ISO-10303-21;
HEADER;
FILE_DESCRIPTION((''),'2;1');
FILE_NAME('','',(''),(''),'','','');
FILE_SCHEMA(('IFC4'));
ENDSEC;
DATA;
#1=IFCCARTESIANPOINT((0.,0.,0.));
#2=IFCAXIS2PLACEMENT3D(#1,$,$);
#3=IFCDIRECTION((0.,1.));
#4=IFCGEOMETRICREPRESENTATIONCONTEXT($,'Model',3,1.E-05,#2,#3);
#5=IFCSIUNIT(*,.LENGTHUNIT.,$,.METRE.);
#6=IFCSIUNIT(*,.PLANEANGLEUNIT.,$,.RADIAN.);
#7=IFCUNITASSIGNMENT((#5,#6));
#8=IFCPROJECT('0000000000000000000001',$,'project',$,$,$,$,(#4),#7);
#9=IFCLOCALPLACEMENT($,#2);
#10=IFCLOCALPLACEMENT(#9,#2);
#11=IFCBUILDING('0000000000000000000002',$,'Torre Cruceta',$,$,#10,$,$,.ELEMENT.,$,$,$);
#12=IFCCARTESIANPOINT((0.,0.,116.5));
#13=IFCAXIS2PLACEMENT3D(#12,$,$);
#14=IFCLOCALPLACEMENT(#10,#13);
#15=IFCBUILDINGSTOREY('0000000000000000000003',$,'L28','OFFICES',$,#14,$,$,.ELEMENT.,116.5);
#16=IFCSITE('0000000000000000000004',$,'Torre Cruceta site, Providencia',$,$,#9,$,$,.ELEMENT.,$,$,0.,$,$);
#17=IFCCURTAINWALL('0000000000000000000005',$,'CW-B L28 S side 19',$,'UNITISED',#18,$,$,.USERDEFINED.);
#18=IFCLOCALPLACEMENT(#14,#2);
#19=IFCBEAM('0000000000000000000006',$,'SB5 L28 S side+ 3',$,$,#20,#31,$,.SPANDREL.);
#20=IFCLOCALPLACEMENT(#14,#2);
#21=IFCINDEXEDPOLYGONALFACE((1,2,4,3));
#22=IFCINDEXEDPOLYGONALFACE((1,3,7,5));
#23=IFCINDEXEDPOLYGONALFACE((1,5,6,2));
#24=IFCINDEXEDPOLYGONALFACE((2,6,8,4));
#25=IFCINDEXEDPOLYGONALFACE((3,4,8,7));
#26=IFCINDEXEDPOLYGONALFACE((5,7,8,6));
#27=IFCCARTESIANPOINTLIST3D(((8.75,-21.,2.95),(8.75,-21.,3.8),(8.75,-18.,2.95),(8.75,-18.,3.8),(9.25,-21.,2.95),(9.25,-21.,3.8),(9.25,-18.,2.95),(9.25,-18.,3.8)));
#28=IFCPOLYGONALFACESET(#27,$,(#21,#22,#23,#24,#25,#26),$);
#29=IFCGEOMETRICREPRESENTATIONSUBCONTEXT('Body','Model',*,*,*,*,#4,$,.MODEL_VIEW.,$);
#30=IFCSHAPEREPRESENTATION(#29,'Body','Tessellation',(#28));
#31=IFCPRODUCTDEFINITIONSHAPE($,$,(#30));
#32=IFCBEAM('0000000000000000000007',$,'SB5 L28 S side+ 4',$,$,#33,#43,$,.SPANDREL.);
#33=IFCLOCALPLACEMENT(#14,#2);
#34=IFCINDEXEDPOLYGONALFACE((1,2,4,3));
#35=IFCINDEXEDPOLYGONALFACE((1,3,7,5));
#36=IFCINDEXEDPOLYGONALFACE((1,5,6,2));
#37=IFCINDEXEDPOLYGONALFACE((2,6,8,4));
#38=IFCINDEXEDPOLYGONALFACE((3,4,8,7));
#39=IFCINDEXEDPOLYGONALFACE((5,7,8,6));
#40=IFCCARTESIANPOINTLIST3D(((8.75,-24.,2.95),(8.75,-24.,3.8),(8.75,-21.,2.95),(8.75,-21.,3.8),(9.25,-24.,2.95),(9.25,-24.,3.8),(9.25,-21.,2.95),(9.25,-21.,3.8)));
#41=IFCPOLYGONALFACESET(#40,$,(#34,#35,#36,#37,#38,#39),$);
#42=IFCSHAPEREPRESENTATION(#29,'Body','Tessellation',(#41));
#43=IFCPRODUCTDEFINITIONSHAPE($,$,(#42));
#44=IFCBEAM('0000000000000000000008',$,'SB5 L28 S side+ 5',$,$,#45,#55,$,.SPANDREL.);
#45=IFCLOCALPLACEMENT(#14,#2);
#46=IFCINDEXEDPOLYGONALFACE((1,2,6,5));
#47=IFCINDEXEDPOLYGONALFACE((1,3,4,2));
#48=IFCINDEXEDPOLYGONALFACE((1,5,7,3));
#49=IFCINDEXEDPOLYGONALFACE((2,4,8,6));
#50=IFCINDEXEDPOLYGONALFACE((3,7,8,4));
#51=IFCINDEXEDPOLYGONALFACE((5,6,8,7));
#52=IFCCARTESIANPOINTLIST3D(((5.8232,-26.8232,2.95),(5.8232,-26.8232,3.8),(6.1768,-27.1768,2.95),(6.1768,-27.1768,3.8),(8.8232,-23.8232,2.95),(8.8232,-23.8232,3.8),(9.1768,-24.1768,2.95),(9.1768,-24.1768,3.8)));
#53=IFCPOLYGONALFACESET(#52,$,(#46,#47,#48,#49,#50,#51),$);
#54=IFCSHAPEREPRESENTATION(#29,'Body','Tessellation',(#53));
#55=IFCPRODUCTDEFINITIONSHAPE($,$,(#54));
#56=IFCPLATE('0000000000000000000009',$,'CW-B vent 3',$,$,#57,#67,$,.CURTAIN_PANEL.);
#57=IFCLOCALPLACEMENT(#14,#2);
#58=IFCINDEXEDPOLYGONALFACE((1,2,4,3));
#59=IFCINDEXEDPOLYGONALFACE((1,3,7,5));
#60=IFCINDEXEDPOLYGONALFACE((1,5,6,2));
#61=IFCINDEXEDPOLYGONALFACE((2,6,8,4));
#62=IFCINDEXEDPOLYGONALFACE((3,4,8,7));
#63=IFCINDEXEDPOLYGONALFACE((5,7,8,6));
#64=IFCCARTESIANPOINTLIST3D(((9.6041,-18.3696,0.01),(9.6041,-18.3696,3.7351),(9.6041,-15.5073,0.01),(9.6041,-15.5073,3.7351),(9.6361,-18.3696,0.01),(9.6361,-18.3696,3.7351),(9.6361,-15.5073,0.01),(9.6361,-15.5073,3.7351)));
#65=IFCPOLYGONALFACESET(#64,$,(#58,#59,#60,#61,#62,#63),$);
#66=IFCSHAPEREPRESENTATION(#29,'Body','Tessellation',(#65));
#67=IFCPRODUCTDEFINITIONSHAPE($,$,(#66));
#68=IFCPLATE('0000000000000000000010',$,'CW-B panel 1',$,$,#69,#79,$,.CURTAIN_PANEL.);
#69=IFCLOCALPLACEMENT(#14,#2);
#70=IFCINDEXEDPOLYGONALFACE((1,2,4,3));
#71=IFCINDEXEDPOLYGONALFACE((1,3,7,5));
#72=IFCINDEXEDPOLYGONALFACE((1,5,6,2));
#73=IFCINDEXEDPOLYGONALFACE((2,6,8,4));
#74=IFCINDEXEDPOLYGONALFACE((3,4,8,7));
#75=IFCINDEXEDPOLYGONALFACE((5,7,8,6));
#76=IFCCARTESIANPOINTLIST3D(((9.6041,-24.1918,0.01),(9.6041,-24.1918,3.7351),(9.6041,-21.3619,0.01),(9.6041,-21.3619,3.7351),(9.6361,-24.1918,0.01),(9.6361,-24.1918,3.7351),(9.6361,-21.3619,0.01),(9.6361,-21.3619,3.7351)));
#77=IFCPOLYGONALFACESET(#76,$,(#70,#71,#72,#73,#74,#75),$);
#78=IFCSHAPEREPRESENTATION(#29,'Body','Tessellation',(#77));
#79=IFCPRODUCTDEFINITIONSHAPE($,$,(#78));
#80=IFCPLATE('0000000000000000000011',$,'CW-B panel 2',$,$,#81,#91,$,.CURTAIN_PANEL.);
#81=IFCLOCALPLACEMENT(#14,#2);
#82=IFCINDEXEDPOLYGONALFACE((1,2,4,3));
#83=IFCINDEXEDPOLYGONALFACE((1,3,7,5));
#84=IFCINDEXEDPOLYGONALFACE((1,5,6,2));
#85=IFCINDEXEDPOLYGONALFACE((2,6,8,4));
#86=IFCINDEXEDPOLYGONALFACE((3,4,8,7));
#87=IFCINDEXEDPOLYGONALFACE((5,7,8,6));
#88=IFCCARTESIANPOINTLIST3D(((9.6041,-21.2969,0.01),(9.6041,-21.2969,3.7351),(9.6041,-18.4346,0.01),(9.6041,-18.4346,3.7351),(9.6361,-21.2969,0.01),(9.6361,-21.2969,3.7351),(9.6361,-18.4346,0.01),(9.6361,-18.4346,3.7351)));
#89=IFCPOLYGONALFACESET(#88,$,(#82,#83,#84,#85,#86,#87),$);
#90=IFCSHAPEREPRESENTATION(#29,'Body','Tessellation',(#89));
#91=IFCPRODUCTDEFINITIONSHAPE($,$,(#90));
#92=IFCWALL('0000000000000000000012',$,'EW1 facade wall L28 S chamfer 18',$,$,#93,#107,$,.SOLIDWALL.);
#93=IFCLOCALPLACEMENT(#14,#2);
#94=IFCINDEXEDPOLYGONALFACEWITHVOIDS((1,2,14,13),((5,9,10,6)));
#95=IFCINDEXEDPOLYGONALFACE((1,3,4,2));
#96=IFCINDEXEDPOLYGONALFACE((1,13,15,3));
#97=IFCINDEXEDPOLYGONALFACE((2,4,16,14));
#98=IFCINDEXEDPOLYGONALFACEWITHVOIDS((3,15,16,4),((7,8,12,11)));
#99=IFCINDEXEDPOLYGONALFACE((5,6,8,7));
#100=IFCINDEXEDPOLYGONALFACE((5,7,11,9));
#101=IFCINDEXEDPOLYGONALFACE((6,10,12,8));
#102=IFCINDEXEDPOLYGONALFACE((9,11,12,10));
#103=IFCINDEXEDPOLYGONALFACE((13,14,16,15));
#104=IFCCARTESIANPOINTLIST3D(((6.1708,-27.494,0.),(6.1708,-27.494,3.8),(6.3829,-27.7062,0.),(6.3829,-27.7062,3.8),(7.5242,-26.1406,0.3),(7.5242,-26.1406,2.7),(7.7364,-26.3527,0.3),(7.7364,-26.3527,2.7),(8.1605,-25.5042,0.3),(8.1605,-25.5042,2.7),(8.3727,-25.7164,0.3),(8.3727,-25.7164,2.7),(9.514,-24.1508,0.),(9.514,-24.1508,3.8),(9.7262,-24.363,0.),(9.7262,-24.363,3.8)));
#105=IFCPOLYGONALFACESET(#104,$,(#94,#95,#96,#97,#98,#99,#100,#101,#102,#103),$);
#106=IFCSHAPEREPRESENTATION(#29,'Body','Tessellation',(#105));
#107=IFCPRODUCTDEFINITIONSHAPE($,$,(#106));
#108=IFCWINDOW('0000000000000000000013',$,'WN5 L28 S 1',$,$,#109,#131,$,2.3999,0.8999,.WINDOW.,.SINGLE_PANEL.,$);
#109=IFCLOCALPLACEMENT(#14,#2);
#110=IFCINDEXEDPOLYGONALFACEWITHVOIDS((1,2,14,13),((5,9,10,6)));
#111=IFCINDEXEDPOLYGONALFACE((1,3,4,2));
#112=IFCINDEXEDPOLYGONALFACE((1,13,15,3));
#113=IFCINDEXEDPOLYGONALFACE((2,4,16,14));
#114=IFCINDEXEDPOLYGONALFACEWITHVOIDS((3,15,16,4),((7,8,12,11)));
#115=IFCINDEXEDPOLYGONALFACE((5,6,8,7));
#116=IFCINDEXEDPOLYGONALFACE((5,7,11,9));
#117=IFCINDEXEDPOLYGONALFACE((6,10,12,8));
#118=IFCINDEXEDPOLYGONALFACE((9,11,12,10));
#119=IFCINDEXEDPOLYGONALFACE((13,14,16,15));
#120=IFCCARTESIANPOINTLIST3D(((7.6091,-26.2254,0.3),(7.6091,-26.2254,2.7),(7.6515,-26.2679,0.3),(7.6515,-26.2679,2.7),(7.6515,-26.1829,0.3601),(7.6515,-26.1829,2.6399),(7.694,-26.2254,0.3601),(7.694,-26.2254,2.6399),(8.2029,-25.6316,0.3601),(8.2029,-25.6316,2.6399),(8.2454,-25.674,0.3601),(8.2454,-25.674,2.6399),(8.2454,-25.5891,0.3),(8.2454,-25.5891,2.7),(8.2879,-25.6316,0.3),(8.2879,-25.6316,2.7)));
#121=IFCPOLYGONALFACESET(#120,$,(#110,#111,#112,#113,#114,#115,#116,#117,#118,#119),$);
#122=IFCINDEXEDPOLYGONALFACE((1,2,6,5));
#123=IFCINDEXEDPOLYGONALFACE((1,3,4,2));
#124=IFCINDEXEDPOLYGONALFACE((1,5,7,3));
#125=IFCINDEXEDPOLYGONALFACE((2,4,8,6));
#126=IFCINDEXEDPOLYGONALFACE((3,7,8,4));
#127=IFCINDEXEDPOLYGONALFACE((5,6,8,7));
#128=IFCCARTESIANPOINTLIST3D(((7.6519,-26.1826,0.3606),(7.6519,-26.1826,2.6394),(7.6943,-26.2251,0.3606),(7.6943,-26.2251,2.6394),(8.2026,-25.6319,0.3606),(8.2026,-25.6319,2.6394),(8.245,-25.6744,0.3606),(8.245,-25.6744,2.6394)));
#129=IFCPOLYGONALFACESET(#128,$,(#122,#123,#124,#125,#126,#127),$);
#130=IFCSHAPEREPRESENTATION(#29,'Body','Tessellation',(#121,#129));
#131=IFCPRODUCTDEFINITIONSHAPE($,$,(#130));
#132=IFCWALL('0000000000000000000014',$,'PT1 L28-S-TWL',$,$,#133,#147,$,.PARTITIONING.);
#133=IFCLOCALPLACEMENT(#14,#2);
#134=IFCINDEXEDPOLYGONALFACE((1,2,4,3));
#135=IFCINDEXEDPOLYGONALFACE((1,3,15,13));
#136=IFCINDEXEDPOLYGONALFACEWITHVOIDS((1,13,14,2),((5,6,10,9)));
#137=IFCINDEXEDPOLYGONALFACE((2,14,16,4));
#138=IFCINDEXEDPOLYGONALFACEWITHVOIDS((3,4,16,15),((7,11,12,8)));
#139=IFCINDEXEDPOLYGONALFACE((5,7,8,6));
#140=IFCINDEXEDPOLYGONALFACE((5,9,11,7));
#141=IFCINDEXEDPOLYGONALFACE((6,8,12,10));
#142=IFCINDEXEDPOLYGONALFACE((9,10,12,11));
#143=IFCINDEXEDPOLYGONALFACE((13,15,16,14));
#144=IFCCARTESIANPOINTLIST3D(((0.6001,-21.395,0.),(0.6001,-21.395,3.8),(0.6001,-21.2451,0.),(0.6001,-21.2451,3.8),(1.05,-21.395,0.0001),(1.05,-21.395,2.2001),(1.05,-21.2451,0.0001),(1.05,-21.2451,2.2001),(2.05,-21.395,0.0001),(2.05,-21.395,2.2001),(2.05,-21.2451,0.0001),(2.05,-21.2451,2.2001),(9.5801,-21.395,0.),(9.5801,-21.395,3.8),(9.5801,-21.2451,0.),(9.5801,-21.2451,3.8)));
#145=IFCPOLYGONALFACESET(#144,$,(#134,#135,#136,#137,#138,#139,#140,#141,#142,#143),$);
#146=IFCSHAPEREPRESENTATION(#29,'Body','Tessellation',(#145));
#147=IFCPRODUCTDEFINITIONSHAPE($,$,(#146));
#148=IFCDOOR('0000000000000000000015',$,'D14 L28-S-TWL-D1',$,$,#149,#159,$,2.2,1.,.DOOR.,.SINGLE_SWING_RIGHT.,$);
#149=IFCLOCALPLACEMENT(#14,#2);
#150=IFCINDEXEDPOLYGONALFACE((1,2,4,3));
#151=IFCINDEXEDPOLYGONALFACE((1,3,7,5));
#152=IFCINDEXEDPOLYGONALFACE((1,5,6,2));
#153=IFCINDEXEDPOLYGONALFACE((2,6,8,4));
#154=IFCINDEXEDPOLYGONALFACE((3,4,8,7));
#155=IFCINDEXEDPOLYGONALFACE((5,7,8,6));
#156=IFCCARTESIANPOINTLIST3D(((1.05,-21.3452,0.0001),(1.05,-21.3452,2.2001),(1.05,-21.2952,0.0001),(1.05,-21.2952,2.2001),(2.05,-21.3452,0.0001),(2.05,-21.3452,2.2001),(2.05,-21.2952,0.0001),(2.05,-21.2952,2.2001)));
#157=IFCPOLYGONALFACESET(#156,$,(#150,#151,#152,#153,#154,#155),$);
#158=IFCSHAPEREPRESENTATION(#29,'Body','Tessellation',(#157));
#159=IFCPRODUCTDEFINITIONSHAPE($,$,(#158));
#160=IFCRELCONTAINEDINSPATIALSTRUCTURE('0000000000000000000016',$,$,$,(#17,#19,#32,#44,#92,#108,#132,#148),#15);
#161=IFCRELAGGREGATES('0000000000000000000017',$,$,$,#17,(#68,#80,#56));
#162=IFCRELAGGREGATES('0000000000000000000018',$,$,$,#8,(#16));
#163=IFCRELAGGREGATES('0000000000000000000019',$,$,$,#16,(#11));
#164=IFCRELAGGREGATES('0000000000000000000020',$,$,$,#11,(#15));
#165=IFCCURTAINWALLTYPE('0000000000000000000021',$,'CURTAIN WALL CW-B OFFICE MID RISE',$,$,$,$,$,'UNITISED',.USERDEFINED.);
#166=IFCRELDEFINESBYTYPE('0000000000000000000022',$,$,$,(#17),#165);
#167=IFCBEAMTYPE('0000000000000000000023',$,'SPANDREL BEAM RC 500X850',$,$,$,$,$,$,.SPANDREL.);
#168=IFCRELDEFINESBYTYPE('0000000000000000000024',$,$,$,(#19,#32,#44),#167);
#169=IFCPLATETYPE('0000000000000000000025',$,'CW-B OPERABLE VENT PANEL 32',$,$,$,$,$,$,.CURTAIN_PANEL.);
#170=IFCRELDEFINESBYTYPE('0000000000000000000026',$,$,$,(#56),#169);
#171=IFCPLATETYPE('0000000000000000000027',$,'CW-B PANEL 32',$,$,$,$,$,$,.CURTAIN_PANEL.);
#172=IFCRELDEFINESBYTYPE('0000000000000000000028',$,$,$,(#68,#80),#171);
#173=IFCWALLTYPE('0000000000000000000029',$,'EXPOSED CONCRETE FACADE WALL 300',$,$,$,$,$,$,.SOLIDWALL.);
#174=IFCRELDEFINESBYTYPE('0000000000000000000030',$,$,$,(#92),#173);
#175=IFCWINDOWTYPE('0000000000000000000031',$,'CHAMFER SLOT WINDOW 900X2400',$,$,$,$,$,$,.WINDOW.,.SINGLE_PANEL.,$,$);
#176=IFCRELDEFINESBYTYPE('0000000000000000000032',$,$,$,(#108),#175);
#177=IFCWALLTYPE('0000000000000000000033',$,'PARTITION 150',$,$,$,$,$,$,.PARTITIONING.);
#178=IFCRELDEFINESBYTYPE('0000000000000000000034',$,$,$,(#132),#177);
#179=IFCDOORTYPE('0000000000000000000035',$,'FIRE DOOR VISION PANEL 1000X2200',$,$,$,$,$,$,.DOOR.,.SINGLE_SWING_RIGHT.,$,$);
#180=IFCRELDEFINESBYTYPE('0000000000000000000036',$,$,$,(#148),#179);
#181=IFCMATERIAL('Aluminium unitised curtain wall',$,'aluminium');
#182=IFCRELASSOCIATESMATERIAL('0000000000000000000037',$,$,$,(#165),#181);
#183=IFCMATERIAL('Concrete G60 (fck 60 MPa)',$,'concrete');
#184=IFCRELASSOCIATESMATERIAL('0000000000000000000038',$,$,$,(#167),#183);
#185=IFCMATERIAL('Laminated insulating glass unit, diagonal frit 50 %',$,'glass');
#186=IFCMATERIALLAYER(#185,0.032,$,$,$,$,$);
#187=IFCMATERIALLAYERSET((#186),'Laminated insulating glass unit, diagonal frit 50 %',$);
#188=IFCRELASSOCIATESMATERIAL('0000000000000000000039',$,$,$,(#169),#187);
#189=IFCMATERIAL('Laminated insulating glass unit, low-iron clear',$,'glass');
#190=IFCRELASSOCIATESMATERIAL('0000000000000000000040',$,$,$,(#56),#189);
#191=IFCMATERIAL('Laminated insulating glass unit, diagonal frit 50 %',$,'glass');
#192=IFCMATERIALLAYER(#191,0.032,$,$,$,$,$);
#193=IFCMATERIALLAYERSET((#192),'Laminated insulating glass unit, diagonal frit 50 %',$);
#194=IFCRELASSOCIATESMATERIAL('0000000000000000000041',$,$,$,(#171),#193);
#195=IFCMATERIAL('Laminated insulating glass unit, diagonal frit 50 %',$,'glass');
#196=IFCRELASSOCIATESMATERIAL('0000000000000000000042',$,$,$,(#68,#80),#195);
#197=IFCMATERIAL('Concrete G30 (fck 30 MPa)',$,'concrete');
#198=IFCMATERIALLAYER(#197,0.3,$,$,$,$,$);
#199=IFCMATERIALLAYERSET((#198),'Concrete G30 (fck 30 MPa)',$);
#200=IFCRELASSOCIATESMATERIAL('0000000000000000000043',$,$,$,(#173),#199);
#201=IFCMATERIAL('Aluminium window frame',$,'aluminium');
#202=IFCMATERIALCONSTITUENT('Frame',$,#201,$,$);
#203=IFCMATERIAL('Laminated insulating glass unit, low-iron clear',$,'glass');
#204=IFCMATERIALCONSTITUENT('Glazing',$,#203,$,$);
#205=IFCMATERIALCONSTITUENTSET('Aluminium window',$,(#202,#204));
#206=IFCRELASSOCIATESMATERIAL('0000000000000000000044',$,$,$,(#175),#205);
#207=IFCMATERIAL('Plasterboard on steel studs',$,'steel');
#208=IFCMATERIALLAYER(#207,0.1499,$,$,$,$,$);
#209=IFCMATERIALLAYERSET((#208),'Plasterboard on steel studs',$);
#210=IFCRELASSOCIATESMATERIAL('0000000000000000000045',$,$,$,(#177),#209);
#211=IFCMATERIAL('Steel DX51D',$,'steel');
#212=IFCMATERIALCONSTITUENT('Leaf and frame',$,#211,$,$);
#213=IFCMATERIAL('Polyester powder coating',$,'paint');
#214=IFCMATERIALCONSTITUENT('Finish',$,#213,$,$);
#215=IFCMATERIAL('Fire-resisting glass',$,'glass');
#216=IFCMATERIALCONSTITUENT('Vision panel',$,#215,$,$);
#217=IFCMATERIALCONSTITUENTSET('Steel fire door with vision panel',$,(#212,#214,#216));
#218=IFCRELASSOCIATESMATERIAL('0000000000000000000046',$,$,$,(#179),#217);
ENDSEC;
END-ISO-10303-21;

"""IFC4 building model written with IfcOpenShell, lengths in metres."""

from ifc_helpers import new_model, si_unit, direction, frame, frame_2d, origin, origin_2d, place, context, subcontext, project, spatial, rectangle, hollow_rectangle, extrude, material, layer, layer_set, constituent, constituent_set, material_profile, profile_set, type_object, element, fill, aggregate, save


model = new_model("IFC4")

# Units and contexts
model_context = context("Model", 3, precision=1e-05, world=origin(), true_north=direction((0.0, 1.0)))
body_context = subcontext(model_context, "Body", "Model", "MODEL_VIEW")
ifc_project = project(units=[si_unit("LENGTHUNIT", "METRE"), si_unit("PLANEANGLEUNIT", "RADIAN")], contexts=[model_context])

# Site, building, storey
site_placement = place(None, origin())
site = spatial("IfcSite", under=ifc_project, at=site_placement, Name="Torre Cruceta site, Providencia", CompositionType="ELEMENT", RefElevation=0.0)
building_placement = place(site_placement, origin())
building = spatial("IfcBuilding", under=site, at=building_placement, Name="Torre Cruceta", CompositionType="ELEMENT")
storey_placement = place(building_placement, frame((0.0, 0.0, 116.5)))
storey = spatial("IfcBuildingStorey", under=building, at=storey_placement, Name="L28", Description="OFFICES", CompositionType="ELEMENT", Elevation=116.5)

# Curtain wall
ifc_material_1 = material(Name="Aluminium unitised curtain wall", Category="aluminium")
curtain_wall_type = type_object("IfcCurtainWallType", Name="CURTAIN WALL CW-B OFFICE MID RISE", ElementType="UNITISED", PredefinedType="USERDEFINED", material=ifc_material_1)
curtain_wall_placement = place(storey_placement, origin())
curtain_wall = element("IfcCurtainWall", 1, at=curtain_wall_placement, inside=storey, type_object=curtain_wall_type, Name="CW-B L28 S side 19", ObjectType="UNITISED", PredefinedType="USERDEFINED")

# Beams
ifc_material_2 = material(Name="Concrete G60 (fck 60 MPa)", Category="concrete")
ifc_material_profile_1 = material_profile(ifc_material_2, rectangle(XDim=0.5, YDim=0.8501, at=origin_2d()), Name="RC 500X850")
ifc_profile_set_1 = profile_set([ifc_material_profile_1], Name="Concrete G60 (fck 60 MPa)")
beam_type_1 = type_object("IfcBeamType", Name="SPANDREL BEAM RC 500X850", PredefinedType="SPANDREL", material=ifc_profile_set_1)
for number, where, z_axis, x_axis, name in (
    (2, (9.0, -18.0, 3.375), (0.0, -1.0, 0.0), (1.0, 0.0, 0.0), "SB5 L28 S side+ 3"),
    (3, (9.0, -21.0, 3.375), (0.0, -1.0, 0.0), (1.0, 0.0, 0.0), "SB5 L28 S side+ 4"),
):
    element("IfcBeam", number, at=place(storey_placement, frame(where, z_axis=z_axis, x_axis=x_axis)), inside=storey, type_object=beam_type_1, Name=name, PredefinedType="SPANDREL", context=body_context, shape_type="SweptSolid", body=[
        extrude(rectangle(XDim=0.5, YDim=0.8501, at=origin_2d()), origin(), (0.0, 0.0, 1.0), 3.0),
    ])
beam_1_placement = place(storey_placement, frame((9.0, -24.0, 3.375), z_axis=(-0.707107, -0.707107, 0.0), x_axis=(0.707107, -0.707107, 0.0)))
element("IfcBeam", 4, at=beam_1_placement, inside=storey, type_object=beam_type_1, Name="SB5 L28 S side+ 5", PredefinedType="SPANDREL", context=body_context, shape_type="SweptSolid", body=[
    extrude(rectangle(XDim=0.5, YDim=0.8501, at=origin_2d()), origin(), (0.0, 0.0, 1.0), 4.2427),
])

# Plates
ifc_material_3 = material(Name="Laminated insulating glass unit, low-iron clear", Category="glass")
ifc_material_4 = material(Name="Laminated insulating glass unit, diagonal frit 50 %", Category="glass")
ifc_layer_1 = layer(ifc_material_4, 0.032)
ifc_layer_set_1 = layer_set([ifc_layer_1], Name="Laminated insulating glass unit, diagonal frit 50 %")
plate_type_1 = type_object("IfcPlateType", Name="CW-B OPERABLE VENT PANEL 32", PredefinedType="CURTAIN_PANEL", material=ifc_layer_set_1)
plate_1_placement = place(storey_placement, frame((9.6201, -16.9385, 0.01), z_axis=(0.0, 0.0, 1.0), x_axis=(0.0, 1.0, 0.0)))
plate_1 = element("IfcPlate", 5, at=plate_1_placement, type_object=plate_type_1, material=ifc_material_3, Name="CW-B vent 3", PredefinedType="CURTAIN_PANEL", context=body_context, shape_type="SweptSolid", body=[
    extrude(rectangle(XDim=2.8623, YDim=0.032, at=origin_2d()), origin(), (0.0, 0.0, 1.0), 3.7251),
])
ifc_material_5 = material(Name="Laminated insulating glass unit, diagonal frit 50 %", Category="glass")
ifc_material_6 = material(Name="Laminated insulating glass unit, diagonal frit 50 %", Category="glass")
ifc_layer_2 = layer(ifc_material_6, 0.032)
ifc_layer_set_2 = layer_set([ifc_layer_2], Name="Laminated insulating glass unit, diagonal frit 50 %")
plate_type_2 = type_object("IfcPlateType", Name="CW-B PANEL 32", PredefinedType="CURTAIN_PANEL", material=ifc_layer_set_2)
plate_2_placement = place(storey_placement, frame((9.6201, -22.7769, 0.01), z_axis=(0.0, 0.0, 1.0), x_axis=(0.0, 1.0, 0.0)))
plate_2 = element("IfcPlate", 6, at=plate_2_placement, type_object=plate_type_2, material=ifc_material_5, Name="CW-B panel 1", PredefinedType="CURTAIN_PANEL", context=body_context, shape_type="SweptSolid", body=[
    extrude(rectangle(XDim=2.8298, YDim=0.032, at=origin_2d()), origin(), (0.0, 0.0, 1.0), 3.7251),
])
plate_3_placement = place(storey_placement, frame((9.6201, -19.8657, 0.01), z_axis=(0.0, 0.0, 1.0), x_axis=(0.0, 1.0, 0.0)))
plate_3 = element("IfcPlate", 7, at=plate_3_placement, type_object=plate_type_2, material=ifc_material_5, Name="CW-B panel 2", PredefinedType="CURTAIN_PANEL", context=body_context, shape_type="SweptSolid", body=[
    extrude(rectangle(XDim=2.8623, YDim=0.032, at=origin_2d()), origin(), (0.0, 0.0, 1.0), 3.7251),
])
aggregate(curtain_wall, [plate_2, plate_3, plate_1])

# Wall, opening, window
ifc_material_7 = material(Name="Concrete G30 (fck 30 MPa)", Category="concrete")
ifc_layer_3 = layer(ifc_material_7, 0.3)
ifc_layer_set_3 = layer_set([ifc_layer_3], Name="Concrete G30 (fck 30 MPa)")
wall_type_1 = type_object("IfcWallType", Name="EXPOSED CONCRETE FACADE WALL 300", PredefinedType="SOLIDWALL", material=ifc_layer_set_3)
wall_1_placement = place(storey_placement, frame((6.2769, -27.6001, 0.0), z_axis=(0.0, 0.0, 1.0), x_axis=(0.707107, 0.707107, 0.0)))
wall_1 = element("IfcWall", 8, at=wall_1_placement, inside=storey, type_object=wall_type_1, Name="EW1 facade wall L28 S chamfer 18", PredefinedType="SOLIDWALL", context=body_context, shape_type="SweptSolid", body=[
    extrude(rectangle(XDim=4.728, YDim=0.3, at=frame_2d((2.364, 0.0))), origin(), (0.0, 0.0, 1.0), 3.8),
])
opening_1_placement = place(wall_1_placement, frame((1.9141, 0.0, 0.3)))
opening_1 = element("IfcOpeningElement", 9, at=opening_1_placement, cuts=wall_1, PredefinedType="OPENING", context=body_context, shape_type="SweptSolid", body=[
    extrude(rectangle(XDim=0.8999, YDim=2.3999, at=frame_2d((0.45, 1.2))), frame((0.0, 0.1599, 0.0), z_axis=(0.0, -1.0, 0.0), x_axis=(1.0, 0.0, 0.0)), (0.0, 0.0, 1.0), 0.3201),
])
ifc_material_8 = material(Name="Aluminium window frame", Category="aluminium")
ifc_constituent_1 = constituent(ifc_material_8, Name="Frame")
ifc_material_9 = material(Name="Laminated insulating glass unit, low-iron clear", Category="glass")
ifc_constituent_2 = constituent(ifc_material_9, Name="Glazing")
ifc_constituent_set_1 = constituent_set(constituents=[ifc_constituent_1, ifc_constituent_2], Name="Aluminium window")
window_type = type_object("IfcWindowType", Name="CHAMFER SLOT WINDOW 900X2400", PartitioningType="SINGLE_PANEL", PredefinedType="WINDOW", material=ifc_constituent_set_1)
window_placement = place(opening_1_placement, origin())
window = element("IfcWindow", 10, at=window_placement, inside=storey, type_object=window_type, Name="WN5 L28 S 1", OverallHeight=2.3999, OverallWidth=0.8999, PartitioningType="SINGLE_PANEL", PredefinedType="WINDOW", context=body_context, shape_type="SweptSolid", body=[
    extrude(hollow_rectangle(XDim=0.8999, YDim=2.3999, WallThickness=0.0601, at=frame_2d((0.45, 1.2))), frame((0.0, 0.03, 0.0), z_axis=(0.0, -1.0, 0.0), x_axis=(1.0, 0.0, 0.0)), (0.0, 0.0, 1.0), 0.0601),
    extrude(rectangle(XDim=0.7788, YDim=2.2788, at=frame_2d((0.45, 1.2))), frame((0.0, 0.03, 0.0), z_axis=(0.0, -1.0, 0.0), x_axis=(1.0, 0.0, 0.0)), (0.0, 0.0, 1.0), 0.0601),
])
fill(opening_1, window)

# Wall, opening, door
ifc_material_10 = material(Name="Plasterboard on steel studs", Category="steel")
ifc_layer_4 = layer(ifc_material_10, 0.1499)
ifc_layer_set_4 = layer_set([ifc_layer_4], Name="Plasterboard on steel studs")
wall_type_2 = type_object("IfcWallType", Name="PARTITION 150", PredefinedType="PARTITIONING", material=ifc_layer_set_4)
wall_2_placement = place(storey_placement, frame((0.6001, -21.3201, 0.0), z_axis=(0.0, 0.0, 1.0), x_axis=(1.0, 0.0, 0.0)))
wall_2 = element("IfcWall", 11, at=wall_2_placement, inside=storey, type_object=wall_type_2, Name="PT1 L28-S-TWL", PredefinedType="PARTITIONING", context=body_context, shape_type="SweptSolid", body=[
    extrude(rectangle(XDim=8.98, YDim=0.1499, at=frame_2d((4.49, 0.0))), origin(), (0.0, 0.0, 1.0), 3.8),
])
opening_2_placement = place(wall_2_placement, frame((0.45, 0.0, 0.0)))
opening_2 = element("IfcOpeningElement", 12, at=opening_2_placement, cuts=wall_2, PredefinedType="OPENING", context=body_context, shape_type="SweptSolid", body=[
    extrude(rectangle(XDim=1.0, YDim=2.2, at=frame_2d((0.5, 1.1001))), frame((0.0, 0.085, 0.0), z_axis=(0.0, -1.0, 0.0), x_axis=(1.0, 0.0, 0.0)), (0.0, 0.0, 1.0), 0.1699),
])
ifc_material_11 = material(Name="Steel DX51D", Category="steel")
ifc_constituent_3 = constituent(ifc_material_11, Name="Leaf and frame")
ifc_material_12 = material(Name="Polyester powder coating", Category="paint")
ifc_constituent_4 = constituent(ifc_material_12, Name="Finish")
ifc_material_13 = material(Name="Fire-resisting glass", Category="glass")
ifc_constituent_5 = constituent(ifc_material_13, Name="Vision panel")
ifc_constituent_set_2 = constituent_set(constituents=[ifc_constituent_3, ifc_constituent_4, ifc_constituent_5], Name="Steel fire door with vision panel")
door_type = type_object("IfcDoorType", Name="FIRE DOOR VISION PANEL 1000X2200", OperationType="SINGLE_SWING_RIGHT", PredefinedType="DOOR", material=ifc_constituent_set_2)
door_placement = place(opening_2_placement, frame((1.0, 0.0, 0.0), z_axis=(0.0, 0.0, 1.0), x_axis=(-1.0, 0.0, 0.0)))
door = element("IfcDoor", 13, at=door_placement, inside=storey, type_object=door_type, Name="D14 L28-S-TWL-D1", OperationType="SINGLE_SWING_RIGHT", OverallHeight=2.2, OverallWidth=1.0, PredefinedType="DOOR", context=body_context, shape_type="SweptSolid", body=[
    extrude(rectangle(XDim=1.0, YDim=2.2, at=frame_2d((0.5, 1.1001))), frame((0.0, 0.0251, 0.0), z_axis=(0.0, -1.0, 0.0), x_axis=(1.0, 0.0, 0.0)), (0.0, 0.0, 1.0), 0.05),
])
fill(opening_2, door)

save(model, "model.ifc")
